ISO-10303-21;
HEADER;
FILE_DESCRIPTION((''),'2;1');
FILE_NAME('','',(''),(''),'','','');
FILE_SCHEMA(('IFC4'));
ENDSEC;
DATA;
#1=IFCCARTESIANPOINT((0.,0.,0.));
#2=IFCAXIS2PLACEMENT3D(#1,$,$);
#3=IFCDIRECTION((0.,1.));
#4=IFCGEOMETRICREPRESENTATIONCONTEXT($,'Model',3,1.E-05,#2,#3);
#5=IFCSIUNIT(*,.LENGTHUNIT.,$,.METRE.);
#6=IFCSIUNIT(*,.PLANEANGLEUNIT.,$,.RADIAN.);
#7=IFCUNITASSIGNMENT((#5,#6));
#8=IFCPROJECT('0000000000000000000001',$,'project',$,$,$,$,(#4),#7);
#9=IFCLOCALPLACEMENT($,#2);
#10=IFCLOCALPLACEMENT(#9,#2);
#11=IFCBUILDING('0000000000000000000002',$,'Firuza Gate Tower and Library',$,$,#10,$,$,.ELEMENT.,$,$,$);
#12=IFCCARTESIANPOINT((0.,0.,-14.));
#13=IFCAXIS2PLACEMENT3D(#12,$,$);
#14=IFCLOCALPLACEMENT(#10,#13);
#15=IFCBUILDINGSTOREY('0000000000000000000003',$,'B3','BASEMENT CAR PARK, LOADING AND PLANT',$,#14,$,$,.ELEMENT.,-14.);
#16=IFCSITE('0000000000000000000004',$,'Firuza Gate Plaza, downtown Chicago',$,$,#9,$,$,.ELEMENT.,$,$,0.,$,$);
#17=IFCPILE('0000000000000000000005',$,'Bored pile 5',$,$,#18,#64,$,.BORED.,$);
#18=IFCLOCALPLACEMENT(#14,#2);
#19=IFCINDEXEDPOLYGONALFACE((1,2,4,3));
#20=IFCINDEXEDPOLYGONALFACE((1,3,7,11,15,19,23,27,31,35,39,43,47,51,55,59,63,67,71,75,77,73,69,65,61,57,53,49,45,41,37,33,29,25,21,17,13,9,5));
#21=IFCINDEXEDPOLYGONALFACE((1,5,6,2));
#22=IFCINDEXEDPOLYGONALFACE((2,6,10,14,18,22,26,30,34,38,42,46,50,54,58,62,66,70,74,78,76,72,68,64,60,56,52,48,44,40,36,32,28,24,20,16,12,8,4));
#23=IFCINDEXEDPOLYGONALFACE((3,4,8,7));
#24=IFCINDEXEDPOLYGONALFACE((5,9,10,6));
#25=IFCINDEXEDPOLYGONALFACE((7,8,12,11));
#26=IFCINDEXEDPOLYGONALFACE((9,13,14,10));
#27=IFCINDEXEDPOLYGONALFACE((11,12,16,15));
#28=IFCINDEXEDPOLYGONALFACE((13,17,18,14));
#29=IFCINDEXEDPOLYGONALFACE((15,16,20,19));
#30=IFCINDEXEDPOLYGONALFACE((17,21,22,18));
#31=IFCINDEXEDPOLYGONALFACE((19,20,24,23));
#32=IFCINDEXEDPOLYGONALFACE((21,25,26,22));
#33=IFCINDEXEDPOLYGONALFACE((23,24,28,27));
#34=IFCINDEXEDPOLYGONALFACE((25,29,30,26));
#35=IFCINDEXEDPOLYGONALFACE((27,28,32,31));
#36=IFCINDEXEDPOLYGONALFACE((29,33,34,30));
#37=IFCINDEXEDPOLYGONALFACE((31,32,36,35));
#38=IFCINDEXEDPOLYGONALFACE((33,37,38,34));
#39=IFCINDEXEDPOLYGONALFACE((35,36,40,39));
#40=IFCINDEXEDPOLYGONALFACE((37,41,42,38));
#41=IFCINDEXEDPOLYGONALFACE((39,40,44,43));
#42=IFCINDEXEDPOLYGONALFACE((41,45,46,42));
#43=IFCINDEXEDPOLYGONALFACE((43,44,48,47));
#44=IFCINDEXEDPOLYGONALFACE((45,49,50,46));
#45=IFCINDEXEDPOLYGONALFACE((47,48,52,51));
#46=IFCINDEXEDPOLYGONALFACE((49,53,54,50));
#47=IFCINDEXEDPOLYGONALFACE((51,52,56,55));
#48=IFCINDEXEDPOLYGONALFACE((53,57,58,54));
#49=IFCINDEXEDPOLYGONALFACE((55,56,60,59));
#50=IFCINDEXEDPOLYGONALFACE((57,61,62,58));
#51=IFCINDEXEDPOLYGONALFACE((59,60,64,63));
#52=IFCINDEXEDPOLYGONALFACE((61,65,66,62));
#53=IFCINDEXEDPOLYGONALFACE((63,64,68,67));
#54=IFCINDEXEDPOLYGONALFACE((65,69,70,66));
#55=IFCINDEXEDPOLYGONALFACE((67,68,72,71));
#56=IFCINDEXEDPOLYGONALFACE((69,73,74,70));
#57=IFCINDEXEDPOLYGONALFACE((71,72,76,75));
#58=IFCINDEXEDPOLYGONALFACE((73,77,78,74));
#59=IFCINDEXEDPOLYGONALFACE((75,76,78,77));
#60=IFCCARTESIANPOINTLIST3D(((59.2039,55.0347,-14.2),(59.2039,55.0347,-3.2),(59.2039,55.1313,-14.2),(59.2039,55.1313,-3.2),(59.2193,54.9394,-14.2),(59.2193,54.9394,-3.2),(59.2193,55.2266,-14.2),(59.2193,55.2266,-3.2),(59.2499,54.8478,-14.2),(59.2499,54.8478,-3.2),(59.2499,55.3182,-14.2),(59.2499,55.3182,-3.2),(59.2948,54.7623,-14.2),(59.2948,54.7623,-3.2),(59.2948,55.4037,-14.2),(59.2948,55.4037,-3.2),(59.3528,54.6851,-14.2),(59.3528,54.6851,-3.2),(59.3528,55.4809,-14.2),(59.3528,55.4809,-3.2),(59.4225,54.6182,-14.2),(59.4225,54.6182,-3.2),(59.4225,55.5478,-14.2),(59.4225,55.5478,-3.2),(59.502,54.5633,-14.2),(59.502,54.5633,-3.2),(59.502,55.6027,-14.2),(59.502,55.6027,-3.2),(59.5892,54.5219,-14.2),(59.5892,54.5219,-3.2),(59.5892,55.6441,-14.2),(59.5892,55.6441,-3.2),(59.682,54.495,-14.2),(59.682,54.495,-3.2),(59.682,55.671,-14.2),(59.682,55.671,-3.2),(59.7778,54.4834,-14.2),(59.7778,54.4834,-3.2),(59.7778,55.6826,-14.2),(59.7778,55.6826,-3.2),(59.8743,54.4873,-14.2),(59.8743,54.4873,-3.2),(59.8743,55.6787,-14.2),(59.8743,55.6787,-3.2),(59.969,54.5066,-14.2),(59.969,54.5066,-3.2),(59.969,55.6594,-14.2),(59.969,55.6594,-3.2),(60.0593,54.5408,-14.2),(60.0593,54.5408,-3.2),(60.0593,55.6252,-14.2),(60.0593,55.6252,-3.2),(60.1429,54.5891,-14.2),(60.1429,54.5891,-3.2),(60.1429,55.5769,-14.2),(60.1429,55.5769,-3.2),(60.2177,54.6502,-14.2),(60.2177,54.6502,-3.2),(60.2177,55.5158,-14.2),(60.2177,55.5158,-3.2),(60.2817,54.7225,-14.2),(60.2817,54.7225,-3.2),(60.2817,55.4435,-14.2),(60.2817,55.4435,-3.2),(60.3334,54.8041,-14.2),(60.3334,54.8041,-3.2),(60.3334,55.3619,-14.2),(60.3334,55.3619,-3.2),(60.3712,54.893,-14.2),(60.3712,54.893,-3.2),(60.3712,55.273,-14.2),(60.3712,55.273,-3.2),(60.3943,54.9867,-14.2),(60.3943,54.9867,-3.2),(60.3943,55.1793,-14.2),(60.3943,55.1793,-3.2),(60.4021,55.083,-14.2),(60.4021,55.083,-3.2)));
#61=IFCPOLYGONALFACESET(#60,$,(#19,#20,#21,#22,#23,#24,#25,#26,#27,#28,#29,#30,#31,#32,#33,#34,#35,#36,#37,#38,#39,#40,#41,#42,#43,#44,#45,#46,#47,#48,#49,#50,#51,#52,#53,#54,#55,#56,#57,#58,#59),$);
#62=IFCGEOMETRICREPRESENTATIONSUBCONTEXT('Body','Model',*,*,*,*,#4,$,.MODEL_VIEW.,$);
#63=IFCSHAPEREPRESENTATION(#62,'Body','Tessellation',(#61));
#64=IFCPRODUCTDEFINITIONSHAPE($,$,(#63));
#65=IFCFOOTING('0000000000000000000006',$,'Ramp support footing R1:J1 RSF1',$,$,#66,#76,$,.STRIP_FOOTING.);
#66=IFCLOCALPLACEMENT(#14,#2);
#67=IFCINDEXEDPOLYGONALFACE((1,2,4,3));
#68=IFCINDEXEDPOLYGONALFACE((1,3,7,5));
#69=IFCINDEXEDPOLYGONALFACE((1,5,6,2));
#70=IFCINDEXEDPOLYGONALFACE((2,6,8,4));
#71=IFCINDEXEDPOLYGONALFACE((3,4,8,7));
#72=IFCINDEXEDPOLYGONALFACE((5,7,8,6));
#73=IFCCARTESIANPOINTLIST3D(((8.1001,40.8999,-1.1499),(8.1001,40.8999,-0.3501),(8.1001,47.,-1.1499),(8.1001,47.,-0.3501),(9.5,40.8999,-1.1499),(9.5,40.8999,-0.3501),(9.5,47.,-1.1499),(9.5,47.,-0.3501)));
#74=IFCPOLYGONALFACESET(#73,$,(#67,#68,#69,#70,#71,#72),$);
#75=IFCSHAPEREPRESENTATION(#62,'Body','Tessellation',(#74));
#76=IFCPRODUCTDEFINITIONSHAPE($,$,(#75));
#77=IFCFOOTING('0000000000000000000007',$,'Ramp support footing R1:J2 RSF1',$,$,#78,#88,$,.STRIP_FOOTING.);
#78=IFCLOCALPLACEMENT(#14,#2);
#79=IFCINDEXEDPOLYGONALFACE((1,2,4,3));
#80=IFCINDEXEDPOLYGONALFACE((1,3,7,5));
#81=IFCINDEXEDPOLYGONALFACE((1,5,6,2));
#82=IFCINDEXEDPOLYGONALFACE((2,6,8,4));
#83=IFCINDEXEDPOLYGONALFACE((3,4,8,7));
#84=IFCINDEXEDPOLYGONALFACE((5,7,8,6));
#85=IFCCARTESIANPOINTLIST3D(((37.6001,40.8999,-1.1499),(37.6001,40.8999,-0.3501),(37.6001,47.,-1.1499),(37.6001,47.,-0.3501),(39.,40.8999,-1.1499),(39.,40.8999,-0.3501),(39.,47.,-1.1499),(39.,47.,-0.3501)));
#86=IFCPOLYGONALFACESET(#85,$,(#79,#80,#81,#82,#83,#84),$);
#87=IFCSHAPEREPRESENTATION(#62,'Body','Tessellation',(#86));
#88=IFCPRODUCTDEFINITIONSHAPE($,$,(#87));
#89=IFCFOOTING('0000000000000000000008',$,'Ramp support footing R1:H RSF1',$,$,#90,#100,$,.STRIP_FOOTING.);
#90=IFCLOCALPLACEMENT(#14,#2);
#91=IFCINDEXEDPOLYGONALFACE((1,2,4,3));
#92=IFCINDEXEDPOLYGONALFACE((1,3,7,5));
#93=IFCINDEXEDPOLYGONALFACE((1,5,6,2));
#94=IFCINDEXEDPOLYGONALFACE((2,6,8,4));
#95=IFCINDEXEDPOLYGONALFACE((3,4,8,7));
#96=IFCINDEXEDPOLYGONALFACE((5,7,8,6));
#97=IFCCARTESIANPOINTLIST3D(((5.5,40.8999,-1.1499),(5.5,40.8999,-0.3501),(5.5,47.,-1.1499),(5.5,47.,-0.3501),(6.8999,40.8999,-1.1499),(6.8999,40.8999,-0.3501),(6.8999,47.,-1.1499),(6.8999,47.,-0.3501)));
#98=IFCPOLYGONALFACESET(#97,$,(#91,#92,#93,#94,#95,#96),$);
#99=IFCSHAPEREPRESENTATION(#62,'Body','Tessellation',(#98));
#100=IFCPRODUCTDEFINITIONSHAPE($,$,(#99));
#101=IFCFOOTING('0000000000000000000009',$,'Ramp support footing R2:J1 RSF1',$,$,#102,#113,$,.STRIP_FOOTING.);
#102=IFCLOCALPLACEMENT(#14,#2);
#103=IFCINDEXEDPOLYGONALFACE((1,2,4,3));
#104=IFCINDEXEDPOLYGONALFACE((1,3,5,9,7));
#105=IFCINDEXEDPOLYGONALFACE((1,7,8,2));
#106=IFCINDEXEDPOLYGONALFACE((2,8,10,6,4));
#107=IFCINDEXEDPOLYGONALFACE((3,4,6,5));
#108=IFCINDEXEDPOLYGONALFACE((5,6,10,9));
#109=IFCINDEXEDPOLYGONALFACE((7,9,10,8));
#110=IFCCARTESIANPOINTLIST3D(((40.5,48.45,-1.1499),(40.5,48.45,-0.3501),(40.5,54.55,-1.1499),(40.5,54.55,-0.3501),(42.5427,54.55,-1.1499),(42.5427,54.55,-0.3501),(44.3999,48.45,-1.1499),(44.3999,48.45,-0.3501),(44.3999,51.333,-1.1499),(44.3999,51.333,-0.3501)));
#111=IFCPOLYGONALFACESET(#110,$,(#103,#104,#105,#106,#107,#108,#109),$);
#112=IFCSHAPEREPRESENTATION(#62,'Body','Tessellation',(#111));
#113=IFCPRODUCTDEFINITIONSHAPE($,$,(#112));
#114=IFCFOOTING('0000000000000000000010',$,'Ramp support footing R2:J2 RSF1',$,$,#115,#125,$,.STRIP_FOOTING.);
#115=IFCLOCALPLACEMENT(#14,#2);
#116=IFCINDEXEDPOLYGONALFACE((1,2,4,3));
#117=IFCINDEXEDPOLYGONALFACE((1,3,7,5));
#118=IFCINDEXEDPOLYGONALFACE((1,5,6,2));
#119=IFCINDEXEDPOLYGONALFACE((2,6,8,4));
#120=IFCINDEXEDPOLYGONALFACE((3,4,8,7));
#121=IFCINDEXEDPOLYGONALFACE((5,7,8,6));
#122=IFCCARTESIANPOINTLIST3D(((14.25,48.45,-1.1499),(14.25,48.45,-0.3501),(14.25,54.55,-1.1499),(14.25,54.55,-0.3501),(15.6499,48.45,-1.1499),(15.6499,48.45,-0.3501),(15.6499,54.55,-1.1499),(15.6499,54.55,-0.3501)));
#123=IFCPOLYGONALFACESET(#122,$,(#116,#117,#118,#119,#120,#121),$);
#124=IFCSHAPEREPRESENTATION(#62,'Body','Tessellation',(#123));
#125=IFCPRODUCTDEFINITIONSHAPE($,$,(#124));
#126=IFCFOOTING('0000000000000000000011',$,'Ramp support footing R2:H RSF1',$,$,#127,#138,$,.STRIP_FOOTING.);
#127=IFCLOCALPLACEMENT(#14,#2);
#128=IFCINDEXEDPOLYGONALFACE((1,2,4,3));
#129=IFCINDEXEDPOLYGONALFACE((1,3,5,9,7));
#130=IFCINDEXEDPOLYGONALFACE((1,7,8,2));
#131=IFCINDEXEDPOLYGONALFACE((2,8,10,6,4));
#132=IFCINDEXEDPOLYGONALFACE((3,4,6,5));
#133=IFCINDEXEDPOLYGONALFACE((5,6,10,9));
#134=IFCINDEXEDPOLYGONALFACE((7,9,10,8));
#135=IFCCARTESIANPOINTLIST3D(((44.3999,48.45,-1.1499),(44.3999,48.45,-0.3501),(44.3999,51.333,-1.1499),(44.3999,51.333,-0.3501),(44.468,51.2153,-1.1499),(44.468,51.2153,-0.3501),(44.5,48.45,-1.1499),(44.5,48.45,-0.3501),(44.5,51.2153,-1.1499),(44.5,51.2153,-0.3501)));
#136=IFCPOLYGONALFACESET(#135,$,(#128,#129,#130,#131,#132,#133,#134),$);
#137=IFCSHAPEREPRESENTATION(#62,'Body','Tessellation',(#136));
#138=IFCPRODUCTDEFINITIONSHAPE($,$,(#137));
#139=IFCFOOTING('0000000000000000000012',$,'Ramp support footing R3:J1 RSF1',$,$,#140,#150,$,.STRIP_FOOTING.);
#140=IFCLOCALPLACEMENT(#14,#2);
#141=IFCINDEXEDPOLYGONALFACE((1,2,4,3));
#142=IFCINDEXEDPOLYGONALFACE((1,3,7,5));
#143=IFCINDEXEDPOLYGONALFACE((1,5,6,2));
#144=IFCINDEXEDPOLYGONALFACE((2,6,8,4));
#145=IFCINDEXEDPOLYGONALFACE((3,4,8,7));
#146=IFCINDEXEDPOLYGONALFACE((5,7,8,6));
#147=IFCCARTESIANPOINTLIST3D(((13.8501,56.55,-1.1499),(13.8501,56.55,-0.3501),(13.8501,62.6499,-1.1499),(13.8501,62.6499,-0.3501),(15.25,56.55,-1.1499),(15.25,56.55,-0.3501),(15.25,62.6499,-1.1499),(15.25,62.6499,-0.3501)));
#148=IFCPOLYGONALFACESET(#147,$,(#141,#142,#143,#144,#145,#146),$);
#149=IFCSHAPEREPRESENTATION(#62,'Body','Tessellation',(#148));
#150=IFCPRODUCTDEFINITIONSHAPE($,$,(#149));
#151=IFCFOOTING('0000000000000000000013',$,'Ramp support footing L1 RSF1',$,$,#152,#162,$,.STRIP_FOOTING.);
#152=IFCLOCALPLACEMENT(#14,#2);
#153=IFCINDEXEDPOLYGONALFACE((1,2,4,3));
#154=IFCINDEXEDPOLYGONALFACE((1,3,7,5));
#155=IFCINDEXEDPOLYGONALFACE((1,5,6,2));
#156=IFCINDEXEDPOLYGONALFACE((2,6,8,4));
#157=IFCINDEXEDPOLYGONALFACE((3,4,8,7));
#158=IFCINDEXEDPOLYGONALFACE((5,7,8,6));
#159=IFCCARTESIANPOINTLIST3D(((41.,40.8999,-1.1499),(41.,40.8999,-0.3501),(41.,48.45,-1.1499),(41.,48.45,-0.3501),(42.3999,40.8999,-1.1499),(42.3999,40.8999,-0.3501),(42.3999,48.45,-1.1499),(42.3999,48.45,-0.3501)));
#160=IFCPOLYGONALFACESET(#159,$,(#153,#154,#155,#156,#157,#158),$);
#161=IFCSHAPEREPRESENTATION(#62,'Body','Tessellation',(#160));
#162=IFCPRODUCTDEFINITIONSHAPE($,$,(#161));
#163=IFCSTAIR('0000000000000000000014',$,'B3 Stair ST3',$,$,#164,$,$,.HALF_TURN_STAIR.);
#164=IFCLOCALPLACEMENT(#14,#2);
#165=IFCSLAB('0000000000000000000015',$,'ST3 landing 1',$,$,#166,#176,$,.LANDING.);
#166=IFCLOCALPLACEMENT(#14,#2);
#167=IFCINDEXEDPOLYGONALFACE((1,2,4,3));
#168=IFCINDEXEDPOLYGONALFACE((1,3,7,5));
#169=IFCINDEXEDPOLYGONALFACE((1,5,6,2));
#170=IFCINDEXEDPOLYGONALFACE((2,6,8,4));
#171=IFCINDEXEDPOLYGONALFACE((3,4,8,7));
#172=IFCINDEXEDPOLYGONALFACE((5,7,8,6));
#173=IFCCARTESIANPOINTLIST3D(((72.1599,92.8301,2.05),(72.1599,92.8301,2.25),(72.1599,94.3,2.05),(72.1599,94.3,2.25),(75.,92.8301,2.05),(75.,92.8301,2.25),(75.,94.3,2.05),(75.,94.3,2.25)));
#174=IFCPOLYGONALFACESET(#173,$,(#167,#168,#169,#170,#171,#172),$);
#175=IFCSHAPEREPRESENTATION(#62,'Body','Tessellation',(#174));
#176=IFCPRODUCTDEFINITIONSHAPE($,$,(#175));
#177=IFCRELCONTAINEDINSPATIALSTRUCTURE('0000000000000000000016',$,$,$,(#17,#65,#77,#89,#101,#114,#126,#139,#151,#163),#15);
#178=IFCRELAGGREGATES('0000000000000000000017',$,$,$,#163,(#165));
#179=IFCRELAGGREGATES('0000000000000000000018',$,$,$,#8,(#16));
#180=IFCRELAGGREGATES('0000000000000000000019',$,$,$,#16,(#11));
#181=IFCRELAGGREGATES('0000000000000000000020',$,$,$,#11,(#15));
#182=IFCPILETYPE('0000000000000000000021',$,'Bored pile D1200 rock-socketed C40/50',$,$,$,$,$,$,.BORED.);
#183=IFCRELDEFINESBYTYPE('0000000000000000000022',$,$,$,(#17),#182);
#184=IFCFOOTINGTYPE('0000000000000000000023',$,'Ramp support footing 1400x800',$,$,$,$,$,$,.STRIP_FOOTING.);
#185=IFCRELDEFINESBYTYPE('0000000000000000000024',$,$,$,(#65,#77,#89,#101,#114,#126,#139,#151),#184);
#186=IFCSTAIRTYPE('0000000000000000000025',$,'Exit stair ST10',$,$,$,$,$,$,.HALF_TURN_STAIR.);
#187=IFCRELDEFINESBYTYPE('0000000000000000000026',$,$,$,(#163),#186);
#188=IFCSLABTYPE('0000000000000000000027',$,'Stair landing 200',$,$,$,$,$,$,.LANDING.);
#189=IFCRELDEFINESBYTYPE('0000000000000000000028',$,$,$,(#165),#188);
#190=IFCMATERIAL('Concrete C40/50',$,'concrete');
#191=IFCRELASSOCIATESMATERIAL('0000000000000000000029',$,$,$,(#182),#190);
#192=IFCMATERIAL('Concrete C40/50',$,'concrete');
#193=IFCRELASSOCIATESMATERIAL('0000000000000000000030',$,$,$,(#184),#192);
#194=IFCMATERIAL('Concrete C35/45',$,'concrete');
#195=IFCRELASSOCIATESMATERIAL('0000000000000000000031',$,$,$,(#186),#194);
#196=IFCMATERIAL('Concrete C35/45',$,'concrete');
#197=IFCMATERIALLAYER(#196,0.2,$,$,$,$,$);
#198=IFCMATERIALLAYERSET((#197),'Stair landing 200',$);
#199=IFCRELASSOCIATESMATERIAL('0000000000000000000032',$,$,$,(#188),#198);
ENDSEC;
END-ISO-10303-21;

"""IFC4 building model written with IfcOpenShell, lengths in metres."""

from ifc_helpers import new_model, si_unit, direction, frame, origin, origin_2d, place, context, subcontext, project, spatial, polyline, circle, outline, extrude, material, layer, layer_set, material_profile, profile_set, type_object, element, aggregate, save


model = new_model("IFC4")

# Units and contexts
model_context = context("Model", 3, precision=1e-05, world=origin(), true_north=direction((0.0, 1.0)))
body_context = subcontext(model_context, "Body", "Model", "MODEL_VIEW")
ifc_project = project(units=[si_unit("LENGTHUNIT", "METRE"), si_unit("PLANEANGLEUNIT", "RADIAN")], contexts=[model_context])

# Site, building, storey
site_placement = place(None, origin())
site = spatial("IfcSite", under=ifc_project, at=site_placement, Name="Firuza Gate Plaza, downtown Chicago", CompositionType="ELEMENT", RefElevation=0.0)
building_placement = place(site_placement, origin())
building = spatial("IfcBuilding", under=site, at=building_placement, Name="Firuza Gate Tower and Library", CompositionType="ELEMENT")
storey_placement = place(building_placement, frame((0.0, 0.0, -14.0)))
storey = spatial("IfcBuildingStorey", under=building, at=storey_placement, Name="B3", Description="BASEMENT CAR PARK, LOADING AND PLANT", CompositionType="ELEMENT", Elevation=-14.0)

# Pile
ifc_material_1 = material(Name="Concrete C40/50", Category="concrete")
ifc_material_profile = material_profile(ifc_material_1, circle(Radius=0.6001, at=origin_2d()))
ifc_profile_set = profile_set([ifc_material_profile], Name="Concrete C40/50")
pile_type = type_object("IfcPileType", Name="Bored pile D1200 rock-socketed C40/50", PredefinedType="BORED", material=ifc_profile_set)
for number, where, z_axis, x_axis, name in (
    (1, (59.802, 55.083, -3.2), (0.0, 0.0, -1.0), (1.0, 0.0, 0.0), "Bored pile 5"),
):
    element("IfcPile", number, at=place(storey_placement, frame(where, z_axis=z_axis, x_axis=x_axis)), inside=storey, type_object=pile_type, Name=name, PredefinedType="BORED", context=body_context, shape_type="SweptSolid", body=[
        extrude(circle(Radius=0.6001, at=origin_2d()), origin(), (0.0, 0.0, 1.0), 11.0),
    ])

# Footings
ifc_material_2 = material(Name="Concrete C40/50", Category="concrete")
footing_type = type_object("IfcFootingType", Name="Ramp support footing 1400x800", PredefinedType="STRIP_FOOTING", material=ifc_material_2)
placement = place(storey_placement, frame((0.0, 0.0, -1.1499)))
element("IfcFooting", 2, at=placement, inside=storey, type_object=footing_type, Name="Ramp support footing R1:J1 RSF1", PredefinedType="STRIP_FOOTING", context=body_context, shape_type="SweptSolid", body=[
    extrude(outline(polyline([(8.1001, 47.0), (9.5, 47.0), (9.5, 40.8999), (8.1001, 40.8999), (8.1001, 47.0)])), origin(), (0.0, 0.0, 1.0), 0.7998),
])
element("IfcFooting", 3, at=placement, inside=storey, type_object=footing_type, Name="Ramp support footing R1:J2 RSF1", PredefinedType="STRIP_FOOTING", context=body_context, shape_type="SweptSolid", body=[
    extrude(outline(polyline([(37.6001, 47.0), (39.0, 47.0), (39.0, 40.8999), (37.6001, 40.8999), (37.6001, 47.0)])), origin(), (0.0, 0.0, 1.0), 0.7998),
])
element("IfcFooting", 4, at=placement, inside=storey, type_object=footing_type, Name="Ramp support footing R1:H RSF1", PredefinedType="STRIP_FOOTING", context=body_context, shape_type="SweptSolid", body=[
    extrude(outline(polyline([(5.5, 47.0), (6.8999, 47.0), (6.8999, 40.8999), (5.5, 40.8999), (5.5, 47.0)])), origin(), (0.0, 0.0, 1.0), 0.7998),
])
element("IfcFooting", 5, at=placement, inside=storey, type_object=footing_type, Name="Ramp support footing R2:J1 RSF1", PredefinedType="STRIP_FOOTING", context=body_context, shape_type="SweptSolid", body=[
    extrude(outline(polyline([(44.3999, 48.45), (40.5, 48.45), (40.5, 54.55), (42.5427, 54.55), (44.3999, 51.333), (44.3999, 48.45)])), origin(), (0.0, 0.0, 1.0), 0.7998),
])
element("IfcFooting", 6, at=placement, inside=storey, type_object=footing_type, Name="Ramp support footing R2:J2 RSF1", PredefinedType="STRIP_FOOTING", context=body_context, shape_type="SweptSolid", body=[
    extrude(outline(polyline([(14.25, 48.45), (14.25, 54.55), (15.6499, 54.55), (15.6499, 48.45), (14.25, 48.45)])), origin(), (0.0, 0.0, 1.0), 0.7998),
])
element("IfcFooting", 7, at=placement, inside=storey, type_object=footing_type, Name="Ramp support footing R2:H RSF1", PredefinedType="STRIP_FOOTING", context=body_context, shape_type="SweptSolid", body=[
    extrude(outline(polyline([(44.5, 48.45), (44.3999, 48.45), (44.3999, 51.333), (44.468, 51.2153), (44.5, 51.2153), (44.5, 48.45)])), origin(), (0.0, 0.0, 1.0), 0.7998),
])
element("IfcFooting", 8, at=placement, inside=storey, type_object=footing_type, Name="Ramp support footing R3:J1 RSF1", PredefinedType="STRIP_FOOTING", context=body_context, shape_type="SweptSolid", body=[
    extrude(outline(polyline([(13.8501, 56.55), (13.8501, 62.6499), (15.25, 62.6499), (15.25, 56.55), (13.8501, 56.55)])), origin(), (0.0, 0.0, 1.0), 0.7998),
])
element("IfcFooting", 9, at=placement, inside=storey, type_object=footing_type, Name="Ramp support footing L1 RSF1", PredefinedType="STRIP_FOOTING", context=body_context, shape_type="SweptSolid", body=[
    extrude(outline(polyline([(42.3999, 40.8999), (41.0, 40.8999), (41.0, 48.45), (42.3999, 48.45), (42.3999, 40.8999)])), origin(), (0.0, 0.0, 1.0), 0.7998),
])

# Stair, slab
ifc_material_3 = material(Name="Concrete C35/45", Category="concrete")
stair_type = type_object("IfcStairType", Name="Exit stair ST10", PredefinedType="HALF_TURN_STAIR", material=ifc_material_3)
stair_placement = place(storey_placement, origin())
stair = element("IfcStair", 10, at=stair_placement, inside=storey, type_object=stair_type, Name="B3 Stair ST3", PredefinedType="HALF_TURN_STAIR")
ifc_material_4 = material(Name="Concrete C35/45", Category="concrete")
ifc_layer_1 = layer(ifc_material_4, 0.2)
ifc_layer_set_1 = layer_set([ifc_layer_1], Name="Stair landing 200")
slab_type = type_object("IfcSlabType", Name="Stair landing 200", PredefinedType="LANDING", material=ifc_layer_set_1)
slab_placement = place(storey_placement, frame((0.0, 0.0, 2.05)))
slab = element("IfcSlab", 11, at=slab_placement, type_object=slab_type, Name="ST3 landing 1", PredefinedType="LANDING", context=body_context, shape_type="SweptSolid", body=[
    extrude(outline(polyline([(75.0, 92.8301), (75.0, 94.3), (72.1599, 94.3), (72.1599, 92.8301), (75.0, 92.8301)])), origin(), (0.0, 0.0, 1.0), 0.2),
])
aggregate(stair, [slab])

save(model, "model.ifc")
